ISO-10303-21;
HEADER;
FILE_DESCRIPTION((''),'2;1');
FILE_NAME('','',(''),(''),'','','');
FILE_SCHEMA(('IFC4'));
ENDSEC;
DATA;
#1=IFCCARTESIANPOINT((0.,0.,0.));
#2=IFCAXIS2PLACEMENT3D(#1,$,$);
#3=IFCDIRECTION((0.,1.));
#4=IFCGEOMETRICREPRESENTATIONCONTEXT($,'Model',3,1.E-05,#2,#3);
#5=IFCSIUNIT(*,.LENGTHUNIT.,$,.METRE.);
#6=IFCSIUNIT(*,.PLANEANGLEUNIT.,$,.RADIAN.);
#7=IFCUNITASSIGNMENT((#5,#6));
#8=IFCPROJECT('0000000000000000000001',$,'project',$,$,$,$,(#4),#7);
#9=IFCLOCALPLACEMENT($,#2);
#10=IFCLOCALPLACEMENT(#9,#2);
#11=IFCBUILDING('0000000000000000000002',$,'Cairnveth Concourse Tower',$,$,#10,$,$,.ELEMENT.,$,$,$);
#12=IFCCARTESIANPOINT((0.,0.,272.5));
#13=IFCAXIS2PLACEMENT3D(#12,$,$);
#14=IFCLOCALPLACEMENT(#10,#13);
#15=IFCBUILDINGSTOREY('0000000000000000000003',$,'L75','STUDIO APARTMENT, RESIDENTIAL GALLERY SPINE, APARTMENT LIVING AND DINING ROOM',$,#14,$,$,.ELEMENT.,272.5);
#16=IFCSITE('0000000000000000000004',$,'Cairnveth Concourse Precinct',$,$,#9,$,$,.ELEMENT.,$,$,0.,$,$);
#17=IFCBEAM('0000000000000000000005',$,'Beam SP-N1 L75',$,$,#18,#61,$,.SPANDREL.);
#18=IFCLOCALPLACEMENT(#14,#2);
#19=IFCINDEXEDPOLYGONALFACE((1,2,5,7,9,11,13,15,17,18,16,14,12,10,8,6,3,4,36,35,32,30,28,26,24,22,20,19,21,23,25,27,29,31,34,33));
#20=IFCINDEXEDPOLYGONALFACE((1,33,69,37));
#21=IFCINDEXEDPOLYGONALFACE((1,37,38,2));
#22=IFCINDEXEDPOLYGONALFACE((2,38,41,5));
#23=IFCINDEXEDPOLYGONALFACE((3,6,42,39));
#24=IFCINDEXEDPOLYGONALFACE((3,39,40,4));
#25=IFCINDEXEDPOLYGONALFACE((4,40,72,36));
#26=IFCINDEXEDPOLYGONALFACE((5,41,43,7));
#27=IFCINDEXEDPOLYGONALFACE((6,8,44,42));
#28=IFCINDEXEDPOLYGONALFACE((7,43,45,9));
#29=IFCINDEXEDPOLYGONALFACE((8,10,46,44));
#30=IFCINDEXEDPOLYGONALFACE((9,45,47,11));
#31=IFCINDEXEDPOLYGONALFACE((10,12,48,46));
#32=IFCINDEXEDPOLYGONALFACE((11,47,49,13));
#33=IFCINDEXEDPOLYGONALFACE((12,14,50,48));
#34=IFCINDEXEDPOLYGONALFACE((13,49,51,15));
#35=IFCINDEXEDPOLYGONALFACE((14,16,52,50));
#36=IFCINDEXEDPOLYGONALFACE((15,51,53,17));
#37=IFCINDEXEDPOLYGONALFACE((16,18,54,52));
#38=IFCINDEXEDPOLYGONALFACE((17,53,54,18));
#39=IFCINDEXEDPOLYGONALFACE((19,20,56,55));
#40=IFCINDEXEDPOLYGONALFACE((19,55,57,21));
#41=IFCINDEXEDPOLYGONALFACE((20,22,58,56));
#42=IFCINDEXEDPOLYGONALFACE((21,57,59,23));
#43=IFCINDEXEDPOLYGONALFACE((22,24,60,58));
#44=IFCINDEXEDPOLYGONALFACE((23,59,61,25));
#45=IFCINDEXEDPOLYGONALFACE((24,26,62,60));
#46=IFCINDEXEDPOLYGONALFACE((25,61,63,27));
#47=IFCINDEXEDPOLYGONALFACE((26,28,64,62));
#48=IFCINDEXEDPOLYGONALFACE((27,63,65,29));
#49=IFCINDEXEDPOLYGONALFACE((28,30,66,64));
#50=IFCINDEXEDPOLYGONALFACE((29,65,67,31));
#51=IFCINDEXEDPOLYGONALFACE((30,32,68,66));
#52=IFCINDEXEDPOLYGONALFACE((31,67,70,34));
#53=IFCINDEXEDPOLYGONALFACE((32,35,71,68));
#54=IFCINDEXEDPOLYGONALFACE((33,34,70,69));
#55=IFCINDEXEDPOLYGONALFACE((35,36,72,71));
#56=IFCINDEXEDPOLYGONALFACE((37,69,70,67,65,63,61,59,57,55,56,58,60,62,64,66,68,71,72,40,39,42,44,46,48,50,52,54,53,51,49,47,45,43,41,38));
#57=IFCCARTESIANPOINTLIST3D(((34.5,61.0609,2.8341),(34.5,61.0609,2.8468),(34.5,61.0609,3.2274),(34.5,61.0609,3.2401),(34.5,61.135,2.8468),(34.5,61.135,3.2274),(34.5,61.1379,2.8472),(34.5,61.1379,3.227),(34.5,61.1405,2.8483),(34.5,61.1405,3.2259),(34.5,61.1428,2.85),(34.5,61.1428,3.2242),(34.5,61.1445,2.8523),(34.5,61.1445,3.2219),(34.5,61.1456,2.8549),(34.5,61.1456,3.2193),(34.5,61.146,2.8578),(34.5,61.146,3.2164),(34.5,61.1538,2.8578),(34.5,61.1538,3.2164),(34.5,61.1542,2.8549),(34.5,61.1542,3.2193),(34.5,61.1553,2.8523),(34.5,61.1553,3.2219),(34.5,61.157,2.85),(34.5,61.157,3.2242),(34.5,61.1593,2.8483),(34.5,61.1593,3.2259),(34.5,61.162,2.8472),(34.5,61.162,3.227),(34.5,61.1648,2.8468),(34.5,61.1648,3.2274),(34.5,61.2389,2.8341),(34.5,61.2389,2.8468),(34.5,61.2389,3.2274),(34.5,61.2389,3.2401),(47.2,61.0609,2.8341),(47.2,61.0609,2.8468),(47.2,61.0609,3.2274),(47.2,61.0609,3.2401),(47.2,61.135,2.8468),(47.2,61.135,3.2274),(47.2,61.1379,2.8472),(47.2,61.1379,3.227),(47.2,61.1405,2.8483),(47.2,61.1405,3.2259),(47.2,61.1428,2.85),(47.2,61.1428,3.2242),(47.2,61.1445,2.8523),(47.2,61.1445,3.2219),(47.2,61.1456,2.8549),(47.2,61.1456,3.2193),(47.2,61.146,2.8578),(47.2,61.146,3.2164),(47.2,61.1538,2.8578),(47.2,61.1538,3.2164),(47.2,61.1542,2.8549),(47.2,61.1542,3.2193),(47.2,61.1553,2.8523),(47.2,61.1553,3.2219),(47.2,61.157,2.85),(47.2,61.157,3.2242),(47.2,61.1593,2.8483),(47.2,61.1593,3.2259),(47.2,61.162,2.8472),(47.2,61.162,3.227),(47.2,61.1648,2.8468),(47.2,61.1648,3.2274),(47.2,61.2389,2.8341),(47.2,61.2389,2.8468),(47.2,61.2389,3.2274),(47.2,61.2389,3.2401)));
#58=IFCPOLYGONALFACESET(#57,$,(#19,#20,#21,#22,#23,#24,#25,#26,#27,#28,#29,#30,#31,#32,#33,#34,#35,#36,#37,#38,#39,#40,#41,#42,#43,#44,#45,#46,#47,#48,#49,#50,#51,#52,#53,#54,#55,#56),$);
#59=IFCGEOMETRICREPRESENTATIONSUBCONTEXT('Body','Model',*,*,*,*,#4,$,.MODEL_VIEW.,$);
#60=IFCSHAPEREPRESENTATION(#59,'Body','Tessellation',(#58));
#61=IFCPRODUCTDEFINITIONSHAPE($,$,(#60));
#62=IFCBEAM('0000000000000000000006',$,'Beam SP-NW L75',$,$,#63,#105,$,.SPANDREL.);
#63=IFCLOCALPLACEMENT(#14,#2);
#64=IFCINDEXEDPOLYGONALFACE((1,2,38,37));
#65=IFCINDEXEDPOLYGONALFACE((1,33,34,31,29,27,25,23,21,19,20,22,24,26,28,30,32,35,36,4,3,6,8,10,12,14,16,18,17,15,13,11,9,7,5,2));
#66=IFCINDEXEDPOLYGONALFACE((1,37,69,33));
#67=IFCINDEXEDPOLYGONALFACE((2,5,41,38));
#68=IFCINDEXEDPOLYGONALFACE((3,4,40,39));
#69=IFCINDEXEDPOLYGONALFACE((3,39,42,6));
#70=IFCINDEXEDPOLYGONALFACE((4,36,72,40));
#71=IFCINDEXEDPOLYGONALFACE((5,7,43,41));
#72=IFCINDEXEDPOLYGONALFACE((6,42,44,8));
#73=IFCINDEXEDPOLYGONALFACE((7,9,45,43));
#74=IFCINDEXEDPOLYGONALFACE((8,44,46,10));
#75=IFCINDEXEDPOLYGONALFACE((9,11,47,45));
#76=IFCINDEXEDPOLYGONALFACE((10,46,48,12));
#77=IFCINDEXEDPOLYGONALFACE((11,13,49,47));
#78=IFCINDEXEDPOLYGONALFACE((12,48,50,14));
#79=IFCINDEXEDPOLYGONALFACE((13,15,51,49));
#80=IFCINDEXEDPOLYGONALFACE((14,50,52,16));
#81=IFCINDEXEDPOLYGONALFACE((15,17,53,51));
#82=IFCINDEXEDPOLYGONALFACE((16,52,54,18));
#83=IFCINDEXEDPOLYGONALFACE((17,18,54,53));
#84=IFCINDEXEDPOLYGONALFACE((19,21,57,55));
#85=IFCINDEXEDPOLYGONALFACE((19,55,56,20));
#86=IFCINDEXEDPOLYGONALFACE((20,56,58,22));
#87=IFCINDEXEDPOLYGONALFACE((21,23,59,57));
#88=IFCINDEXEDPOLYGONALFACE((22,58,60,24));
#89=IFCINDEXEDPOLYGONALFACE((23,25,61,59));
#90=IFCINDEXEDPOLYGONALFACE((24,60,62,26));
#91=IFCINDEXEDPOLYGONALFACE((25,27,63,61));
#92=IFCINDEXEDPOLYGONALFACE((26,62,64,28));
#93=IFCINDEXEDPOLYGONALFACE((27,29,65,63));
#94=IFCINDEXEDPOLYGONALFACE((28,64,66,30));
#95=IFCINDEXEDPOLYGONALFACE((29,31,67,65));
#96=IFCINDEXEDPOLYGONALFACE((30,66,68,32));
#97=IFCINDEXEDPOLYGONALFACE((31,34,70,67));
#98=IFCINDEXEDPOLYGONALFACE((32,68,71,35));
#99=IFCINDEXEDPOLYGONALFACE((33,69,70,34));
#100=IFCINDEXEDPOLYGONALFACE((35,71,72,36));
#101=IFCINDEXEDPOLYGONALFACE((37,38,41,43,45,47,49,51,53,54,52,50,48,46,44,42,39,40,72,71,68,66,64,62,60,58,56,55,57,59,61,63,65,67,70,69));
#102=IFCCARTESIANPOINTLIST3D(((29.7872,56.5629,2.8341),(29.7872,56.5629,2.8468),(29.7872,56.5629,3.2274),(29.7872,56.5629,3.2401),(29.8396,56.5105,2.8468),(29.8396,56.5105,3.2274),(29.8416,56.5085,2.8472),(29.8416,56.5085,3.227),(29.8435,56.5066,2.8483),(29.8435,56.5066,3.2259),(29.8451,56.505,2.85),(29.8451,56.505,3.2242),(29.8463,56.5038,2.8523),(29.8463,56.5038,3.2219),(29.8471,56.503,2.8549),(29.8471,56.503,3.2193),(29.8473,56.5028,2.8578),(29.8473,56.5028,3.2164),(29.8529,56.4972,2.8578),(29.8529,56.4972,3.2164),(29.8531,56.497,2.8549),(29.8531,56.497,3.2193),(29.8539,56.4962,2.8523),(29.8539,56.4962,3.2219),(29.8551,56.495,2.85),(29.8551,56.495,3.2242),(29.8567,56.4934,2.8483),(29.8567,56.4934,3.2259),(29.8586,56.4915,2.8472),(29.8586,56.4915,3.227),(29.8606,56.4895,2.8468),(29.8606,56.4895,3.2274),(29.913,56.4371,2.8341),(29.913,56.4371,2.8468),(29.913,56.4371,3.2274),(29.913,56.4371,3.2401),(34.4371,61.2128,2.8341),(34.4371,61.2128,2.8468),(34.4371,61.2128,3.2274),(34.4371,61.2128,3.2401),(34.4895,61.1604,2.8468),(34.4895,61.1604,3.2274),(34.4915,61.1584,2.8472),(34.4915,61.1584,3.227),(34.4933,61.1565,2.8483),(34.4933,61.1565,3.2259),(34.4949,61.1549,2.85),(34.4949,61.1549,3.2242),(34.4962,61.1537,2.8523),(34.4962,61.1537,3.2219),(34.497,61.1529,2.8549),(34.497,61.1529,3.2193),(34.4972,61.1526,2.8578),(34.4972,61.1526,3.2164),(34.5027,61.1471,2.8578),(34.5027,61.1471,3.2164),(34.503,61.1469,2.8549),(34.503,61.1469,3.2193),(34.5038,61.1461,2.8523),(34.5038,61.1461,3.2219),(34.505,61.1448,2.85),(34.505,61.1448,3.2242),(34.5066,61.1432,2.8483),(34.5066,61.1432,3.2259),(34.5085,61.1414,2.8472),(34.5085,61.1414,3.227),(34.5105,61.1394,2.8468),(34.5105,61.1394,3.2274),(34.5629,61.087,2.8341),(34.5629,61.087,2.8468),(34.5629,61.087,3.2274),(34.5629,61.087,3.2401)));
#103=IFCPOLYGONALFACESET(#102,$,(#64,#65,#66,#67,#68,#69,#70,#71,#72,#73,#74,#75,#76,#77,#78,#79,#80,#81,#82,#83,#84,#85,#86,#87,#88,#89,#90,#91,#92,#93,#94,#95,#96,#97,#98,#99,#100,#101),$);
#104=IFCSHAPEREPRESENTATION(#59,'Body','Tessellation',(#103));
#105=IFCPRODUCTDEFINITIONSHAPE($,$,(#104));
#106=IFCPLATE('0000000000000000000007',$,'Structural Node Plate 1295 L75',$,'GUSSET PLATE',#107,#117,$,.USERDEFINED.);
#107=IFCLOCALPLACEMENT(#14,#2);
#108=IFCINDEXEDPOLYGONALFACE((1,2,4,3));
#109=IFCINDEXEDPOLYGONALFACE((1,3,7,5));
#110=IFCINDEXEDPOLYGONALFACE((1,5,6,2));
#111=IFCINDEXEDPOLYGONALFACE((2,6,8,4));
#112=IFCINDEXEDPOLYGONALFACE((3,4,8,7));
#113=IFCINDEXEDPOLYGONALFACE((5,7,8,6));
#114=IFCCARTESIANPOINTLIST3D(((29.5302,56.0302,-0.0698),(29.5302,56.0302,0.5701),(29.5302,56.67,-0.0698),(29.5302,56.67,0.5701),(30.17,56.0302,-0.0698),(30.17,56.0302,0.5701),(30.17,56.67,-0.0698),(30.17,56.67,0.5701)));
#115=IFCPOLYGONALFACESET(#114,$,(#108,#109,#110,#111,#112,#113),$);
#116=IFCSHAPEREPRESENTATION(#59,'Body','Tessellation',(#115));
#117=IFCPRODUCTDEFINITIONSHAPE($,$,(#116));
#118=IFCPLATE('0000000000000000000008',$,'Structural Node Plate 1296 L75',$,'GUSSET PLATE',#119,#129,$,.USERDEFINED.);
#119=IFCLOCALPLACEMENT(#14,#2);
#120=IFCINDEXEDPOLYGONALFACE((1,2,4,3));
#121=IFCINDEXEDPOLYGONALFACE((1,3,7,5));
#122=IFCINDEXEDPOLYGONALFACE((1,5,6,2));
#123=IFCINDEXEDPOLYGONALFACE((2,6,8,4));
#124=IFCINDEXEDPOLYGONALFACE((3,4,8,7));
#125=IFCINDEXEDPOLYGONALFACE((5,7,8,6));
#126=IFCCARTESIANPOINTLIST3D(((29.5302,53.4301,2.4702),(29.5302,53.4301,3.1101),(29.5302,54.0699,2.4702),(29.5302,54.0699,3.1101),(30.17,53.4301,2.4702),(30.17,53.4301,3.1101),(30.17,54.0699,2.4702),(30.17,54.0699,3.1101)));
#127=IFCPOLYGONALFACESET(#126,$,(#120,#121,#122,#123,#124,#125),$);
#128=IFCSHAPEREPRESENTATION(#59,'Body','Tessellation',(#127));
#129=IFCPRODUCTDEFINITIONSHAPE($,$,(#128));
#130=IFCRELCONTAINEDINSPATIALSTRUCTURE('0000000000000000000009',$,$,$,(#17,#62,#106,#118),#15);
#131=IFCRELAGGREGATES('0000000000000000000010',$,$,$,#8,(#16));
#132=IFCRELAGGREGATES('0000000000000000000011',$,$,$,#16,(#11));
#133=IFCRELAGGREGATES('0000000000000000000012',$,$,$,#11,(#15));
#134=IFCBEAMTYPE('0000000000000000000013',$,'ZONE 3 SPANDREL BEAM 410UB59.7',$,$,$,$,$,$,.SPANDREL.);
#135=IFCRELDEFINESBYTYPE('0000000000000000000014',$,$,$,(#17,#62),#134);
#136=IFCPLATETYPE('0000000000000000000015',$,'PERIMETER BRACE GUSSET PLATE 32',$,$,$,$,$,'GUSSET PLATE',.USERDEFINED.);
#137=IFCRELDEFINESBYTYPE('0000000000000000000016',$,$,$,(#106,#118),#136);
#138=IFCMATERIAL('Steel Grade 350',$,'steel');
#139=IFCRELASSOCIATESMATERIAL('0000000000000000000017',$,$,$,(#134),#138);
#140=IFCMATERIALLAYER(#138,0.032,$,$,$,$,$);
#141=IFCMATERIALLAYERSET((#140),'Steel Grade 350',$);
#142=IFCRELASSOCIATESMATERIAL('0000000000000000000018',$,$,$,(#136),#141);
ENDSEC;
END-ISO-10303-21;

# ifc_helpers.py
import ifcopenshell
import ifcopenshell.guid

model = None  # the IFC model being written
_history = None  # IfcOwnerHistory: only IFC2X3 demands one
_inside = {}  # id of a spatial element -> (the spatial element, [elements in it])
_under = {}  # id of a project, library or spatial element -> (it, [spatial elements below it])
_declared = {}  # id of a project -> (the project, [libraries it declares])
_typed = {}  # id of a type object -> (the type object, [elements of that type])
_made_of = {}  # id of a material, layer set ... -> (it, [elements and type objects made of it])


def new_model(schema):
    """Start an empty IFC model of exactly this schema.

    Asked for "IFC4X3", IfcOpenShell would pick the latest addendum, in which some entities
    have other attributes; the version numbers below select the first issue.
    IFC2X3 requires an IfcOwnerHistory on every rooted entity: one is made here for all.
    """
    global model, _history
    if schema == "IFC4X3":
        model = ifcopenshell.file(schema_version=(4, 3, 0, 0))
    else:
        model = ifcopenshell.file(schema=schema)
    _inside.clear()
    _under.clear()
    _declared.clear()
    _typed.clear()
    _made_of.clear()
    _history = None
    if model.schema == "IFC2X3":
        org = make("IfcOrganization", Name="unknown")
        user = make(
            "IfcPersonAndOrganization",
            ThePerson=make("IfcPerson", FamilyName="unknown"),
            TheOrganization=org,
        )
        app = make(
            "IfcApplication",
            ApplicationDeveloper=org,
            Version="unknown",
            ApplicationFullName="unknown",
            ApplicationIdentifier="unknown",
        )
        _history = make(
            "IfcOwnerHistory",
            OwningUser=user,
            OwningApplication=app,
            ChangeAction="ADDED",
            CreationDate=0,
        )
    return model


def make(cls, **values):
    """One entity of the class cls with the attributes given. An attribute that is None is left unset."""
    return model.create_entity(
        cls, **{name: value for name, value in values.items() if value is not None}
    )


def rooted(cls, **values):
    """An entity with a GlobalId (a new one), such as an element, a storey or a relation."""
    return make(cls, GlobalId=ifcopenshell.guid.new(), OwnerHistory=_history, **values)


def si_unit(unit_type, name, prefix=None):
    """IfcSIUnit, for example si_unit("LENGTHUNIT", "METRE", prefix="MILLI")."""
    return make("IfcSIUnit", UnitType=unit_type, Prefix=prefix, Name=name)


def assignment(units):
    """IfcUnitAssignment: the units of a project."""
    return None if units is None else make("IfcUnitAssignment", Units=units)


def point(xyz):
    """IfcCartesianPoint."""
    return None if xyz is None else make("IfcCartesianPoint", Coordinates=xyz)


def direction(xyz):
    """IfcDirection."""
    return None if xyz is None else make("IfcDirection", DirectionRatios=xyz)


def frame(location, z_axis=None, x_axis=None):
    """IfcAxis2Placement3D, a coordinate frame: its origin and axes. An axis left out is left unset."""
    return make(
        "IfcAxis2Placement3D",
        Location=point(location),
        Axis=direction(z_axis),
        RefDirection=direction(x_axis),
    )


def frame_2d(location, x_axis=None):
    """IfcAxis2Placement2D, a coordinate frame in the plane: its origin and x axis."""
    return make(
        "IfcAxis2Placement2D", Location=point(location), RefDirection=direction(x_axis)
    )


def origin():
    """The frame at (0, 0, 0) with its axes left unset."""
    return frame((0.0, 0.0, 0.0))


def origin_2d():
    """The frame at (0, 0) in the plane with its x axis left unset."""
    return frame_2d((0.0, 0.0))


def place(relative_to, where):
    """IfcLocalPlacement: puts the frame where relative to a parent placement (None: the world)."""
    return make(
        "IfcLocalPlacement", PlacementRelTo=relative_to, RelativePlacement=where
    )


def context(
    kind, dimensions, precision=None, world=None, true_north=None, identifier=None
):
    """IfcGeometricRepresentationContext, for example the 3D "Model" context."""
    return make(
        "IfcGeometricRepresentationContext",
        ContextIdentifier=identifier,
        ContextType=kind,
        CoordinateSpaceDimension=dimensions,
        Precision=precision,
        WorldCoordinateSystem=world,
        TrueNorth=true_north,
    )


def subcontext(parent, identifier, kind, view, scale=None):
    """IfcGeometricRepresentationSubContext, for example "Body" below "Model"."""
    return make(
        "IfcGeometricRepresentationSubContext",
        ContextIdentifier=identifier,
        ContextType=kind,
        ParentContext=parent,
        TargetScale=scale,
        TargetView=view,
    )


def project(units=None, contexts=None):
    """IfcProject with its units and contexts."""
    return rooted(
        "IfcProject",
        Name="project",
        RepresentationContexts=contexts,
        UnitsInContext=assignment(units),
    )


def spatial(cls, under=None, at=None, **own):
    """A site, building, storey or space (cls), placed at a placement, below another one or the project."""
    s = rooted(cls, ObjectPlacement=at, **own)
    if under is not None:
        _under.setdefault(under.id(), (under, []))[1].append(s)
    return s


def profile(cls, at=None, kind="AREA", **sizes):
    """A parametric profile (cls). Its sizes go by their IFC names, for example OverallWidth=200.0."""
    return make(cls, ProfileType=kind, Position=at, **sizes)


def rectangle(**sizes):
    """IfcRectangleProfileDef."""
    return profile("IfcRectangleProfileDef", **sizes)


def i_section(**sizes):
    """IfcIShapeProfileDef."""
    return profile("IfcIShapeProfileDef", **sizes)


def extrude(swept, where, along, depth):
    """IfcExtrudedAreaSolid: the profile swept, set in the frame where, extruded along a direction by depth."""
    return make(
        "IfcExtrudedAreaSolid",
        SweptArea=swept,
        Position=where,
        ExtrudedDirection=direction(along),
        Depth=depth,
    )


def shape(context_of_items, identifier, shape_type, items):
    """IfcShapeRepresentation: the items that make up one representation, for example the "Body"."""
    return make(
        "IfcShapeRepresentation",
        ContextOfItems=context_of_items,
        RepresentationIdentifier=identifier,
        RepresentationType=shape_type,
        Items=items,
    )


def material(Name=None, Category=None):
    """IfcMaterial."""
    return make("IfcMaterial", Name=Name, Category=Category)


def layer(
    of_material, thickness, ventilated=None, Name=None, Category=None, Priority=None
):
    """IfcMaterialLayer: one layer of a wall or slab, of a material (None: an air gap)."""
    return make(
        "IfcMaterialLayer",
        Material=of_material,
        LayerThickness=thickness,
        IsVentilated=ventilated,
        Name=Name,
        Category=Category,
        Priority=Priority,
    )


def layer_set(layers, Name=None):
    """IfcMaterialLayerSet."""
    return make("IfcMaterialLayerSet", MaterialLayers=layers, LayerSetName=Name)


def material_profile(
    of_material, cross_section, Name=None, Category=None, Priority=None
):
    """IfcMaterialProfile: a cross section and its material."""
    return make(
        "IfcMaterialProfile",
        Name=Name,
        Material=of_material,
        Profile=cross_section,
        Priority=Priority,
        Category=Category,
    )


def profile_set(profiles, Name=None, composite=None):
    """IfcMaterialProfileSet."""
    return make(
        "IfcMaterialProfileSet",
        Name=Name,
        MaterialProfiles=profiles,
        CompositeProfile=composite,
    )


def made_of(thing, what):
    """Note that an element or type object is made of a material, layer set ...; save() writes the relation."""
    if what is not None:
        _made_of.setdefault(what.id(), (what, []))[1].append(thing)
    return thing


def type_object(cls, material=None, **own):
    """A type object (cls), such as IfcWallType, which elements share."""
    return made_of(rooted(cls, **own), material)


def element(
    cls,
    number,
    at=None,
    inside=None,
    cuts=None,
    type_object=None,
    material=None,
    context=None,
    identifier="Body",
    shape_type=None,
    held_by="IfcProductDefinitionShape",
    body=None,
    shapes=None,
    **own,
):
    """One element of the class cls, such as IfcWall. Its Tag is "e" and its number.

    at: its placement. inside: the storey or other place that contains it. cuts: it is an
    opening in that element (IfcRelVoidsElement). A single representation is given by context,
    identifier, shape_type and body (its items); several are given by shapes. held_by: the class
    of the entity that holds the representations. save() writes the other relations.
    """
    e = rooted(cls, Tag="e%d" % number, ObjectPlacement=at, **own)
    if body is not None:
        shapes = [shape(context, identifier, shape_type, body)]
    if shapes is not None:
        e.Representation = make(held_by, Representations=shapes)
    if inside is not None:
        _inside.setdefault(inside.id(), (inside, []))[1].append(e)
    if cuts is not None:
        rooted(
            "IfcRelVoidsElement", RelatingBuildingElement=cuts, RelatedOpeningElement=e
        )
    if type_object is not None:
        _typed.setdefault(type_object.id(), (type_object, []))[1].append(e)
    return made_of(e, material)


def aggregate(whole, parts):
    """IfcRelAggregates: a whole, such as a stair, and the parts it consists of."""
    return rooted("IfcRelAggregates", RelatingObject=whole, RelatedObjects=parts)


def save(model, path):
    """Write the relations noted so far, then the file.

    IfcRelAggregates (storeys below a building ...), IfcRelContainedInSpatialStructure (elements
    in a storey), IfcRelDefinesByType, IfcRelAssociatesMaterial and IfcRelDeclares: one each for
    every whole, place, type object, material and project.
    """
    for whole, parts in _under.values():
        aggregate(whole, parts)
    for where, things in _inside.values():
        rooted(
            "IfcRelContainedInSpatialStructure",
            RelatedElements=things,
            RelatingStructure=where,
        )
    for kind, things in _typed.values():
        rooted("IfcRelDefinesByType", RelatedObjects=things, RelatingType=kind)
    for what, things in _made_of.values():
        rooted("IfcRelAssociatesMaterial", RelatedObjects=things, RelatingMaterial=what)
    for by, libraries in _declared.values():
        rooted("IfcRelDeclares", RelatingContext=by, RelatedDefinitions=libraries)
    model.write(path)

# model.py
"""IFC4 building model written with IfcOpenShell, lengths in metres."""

from ifc_helpers import new_model, si_unit, direction, frame, origin, origin_2d, place, context, subcontext, project, spatial, rectangle, i_section, extrude, material, layer, layer_set, material_profile, profile_set, type_object, element, save


model = new_model("IFC4")

# Units and contexts
model_context = context("Model", 3, precision=1e-05, world=origin(), true_north=direction((0.0, 1.0)))
body_context = subcontext(model_context, "Body", "Model", "MODEL_VIEW")
ifc_project = project(units=[si_unit("LENGTHUNIT", "METRE"), si_unit("PLANEANGLEUNIT", "RADIAN")], contexts=[model_context])

# Site, building, storey
site_placement = place(None, origin())
site = spatial("IfcSite", under=ifc_project, at=site_placement, Name="Cairnveth Concourse Precinct", CompositionType="ELEMENT", RefElevation=0.0)
building_placement = place(site_placement, origin())
building = spatial("IfcBuilding", under=site, at=building_placement, Name="Cairnveth Concourse Tower", CompositionType="ELEMENT")
storey_placement = place(building_placement, frame((0.0, 0.0, 272.5)))
storey = spatial("IfcBuildingStorey", under=building, at=storey_placement, Name="L75", Description="STUDIO APARTMENT, RESIDENTIAL GALLERY SPINE, APARTMENT LIVING AND DINING ROOM", CompositionType="ELEMENT", Elevation=272.5)

# Shared definitions
ifc_material_1 = material(Name="Steel Grade 350", Category="steel")

# Beams
ifc_material_profile_1 = material_profile(ifc_material_1, i_section(OverallWidth=0.178, OverallDepth=0.406, WebThickness=0.0078, FlangeThickness=0.0127, FilletRadius=0.011, at=origin_2d()), Name="410UB59.7")
ifc_profile_set_1 = profile_set([ifc_material_profile_1], Name="Steel Grade 350")
beam_type_1 = type_object("IfcBeamType", Name="ZONE 3 SPANDREL BEAM 410UB59.7", PredefinedType="SPANDREL", material=ifc_profile_set_1)
beam_1_placement = place(storey_placement, frame((34.5, 61.1499, 3.0371), z_axis=(1.0, 0.0, 0.0), x_axis=(0.0, 1.0, 0.0)))
element("IfcBeam", 1, at=beam_1_placement, inside=storey, type_object=beam_type_1, Name="Beam SP-N1 L75", PredefinedType="SPANDREL", context=body_context, shape_type="SweptSolid", body=[
    extrude(i_section(OverallWidth=0.178, OverallDepth=0.406, WebThickness=0.0078, FlangeThickness=0.0127, FilletRadius=0.011, at=origin_2d()), origin(), (0.0, 0.0, 1.0), 12.7),
])
beam_2_placement = place(storey_placement, frame((29.8501, 56.5, 3.0371), z_axis=(0.707107, 0.707107, 0.0), x_axis=(-0.707107, 0.707107, 0.0)))
element("IfcBeam", 2, at=beam_2_placement, inside=storey, type_object=beam_type_1, Name="Beam SP-NW L75", PredefinedType="SPANDREL", context=body_context, shape_type="SweptSolid", body=[
    extrude(i_section(OverallWidth=0.178, OverallDepth=0.406, WebThickness=0.0078, FlangeThickness=0.0127, FilletRadius=0.011, at=origin_2d()), origin(), (0.0, 0.0, 1.0), 6.5759),
])

# Plates
ifc_layer_1 = layer(ifc_material_1, 0.032)
ifc_layer_set_1 = layer_set([ifc_layer_1], Name="Steel Grade 350")
plate_type = type_object("IfcPlateType", Name="PERIMETER BRACE GUSSET PLATE 32", ElementType="GUSSET PLATE", PredefinedType="USERDEFINED", material=ifc_layer_set_1)
for number, where, z_axis, x_axis, name in (
    (3, (29.8501, 56.3501, -0.0698), (0.0, 0.0, 1.0), (1.0, 0.0, 0.0), "Structural Node Plate 1295 L75"),
    (4, (29.8501, 53.75, 2.4702), (0.0, 0.0, 1.0), (1.0, 0.0, 0.0), "Structural Node Plate 1296 L75"),
):
    element("IfcPlate", number, at=place(storey_placement, frame(where, z_axis=z_axis, x_axis=x_axis)), inside=storey, type_object=plate_type, Name=name, ObjectType="GUSSET PLATE", PredefinedType="USERDEFINED", context=body_context, shape_type="SweptSolid", body=[
        extrude(rectangle(XDim=0.6399, YDim=0.6399, at=origin_2d()), origin(), (0.0, 0.0, 1.0), 0.6399),
    ])

save(model, "model.ifc")
